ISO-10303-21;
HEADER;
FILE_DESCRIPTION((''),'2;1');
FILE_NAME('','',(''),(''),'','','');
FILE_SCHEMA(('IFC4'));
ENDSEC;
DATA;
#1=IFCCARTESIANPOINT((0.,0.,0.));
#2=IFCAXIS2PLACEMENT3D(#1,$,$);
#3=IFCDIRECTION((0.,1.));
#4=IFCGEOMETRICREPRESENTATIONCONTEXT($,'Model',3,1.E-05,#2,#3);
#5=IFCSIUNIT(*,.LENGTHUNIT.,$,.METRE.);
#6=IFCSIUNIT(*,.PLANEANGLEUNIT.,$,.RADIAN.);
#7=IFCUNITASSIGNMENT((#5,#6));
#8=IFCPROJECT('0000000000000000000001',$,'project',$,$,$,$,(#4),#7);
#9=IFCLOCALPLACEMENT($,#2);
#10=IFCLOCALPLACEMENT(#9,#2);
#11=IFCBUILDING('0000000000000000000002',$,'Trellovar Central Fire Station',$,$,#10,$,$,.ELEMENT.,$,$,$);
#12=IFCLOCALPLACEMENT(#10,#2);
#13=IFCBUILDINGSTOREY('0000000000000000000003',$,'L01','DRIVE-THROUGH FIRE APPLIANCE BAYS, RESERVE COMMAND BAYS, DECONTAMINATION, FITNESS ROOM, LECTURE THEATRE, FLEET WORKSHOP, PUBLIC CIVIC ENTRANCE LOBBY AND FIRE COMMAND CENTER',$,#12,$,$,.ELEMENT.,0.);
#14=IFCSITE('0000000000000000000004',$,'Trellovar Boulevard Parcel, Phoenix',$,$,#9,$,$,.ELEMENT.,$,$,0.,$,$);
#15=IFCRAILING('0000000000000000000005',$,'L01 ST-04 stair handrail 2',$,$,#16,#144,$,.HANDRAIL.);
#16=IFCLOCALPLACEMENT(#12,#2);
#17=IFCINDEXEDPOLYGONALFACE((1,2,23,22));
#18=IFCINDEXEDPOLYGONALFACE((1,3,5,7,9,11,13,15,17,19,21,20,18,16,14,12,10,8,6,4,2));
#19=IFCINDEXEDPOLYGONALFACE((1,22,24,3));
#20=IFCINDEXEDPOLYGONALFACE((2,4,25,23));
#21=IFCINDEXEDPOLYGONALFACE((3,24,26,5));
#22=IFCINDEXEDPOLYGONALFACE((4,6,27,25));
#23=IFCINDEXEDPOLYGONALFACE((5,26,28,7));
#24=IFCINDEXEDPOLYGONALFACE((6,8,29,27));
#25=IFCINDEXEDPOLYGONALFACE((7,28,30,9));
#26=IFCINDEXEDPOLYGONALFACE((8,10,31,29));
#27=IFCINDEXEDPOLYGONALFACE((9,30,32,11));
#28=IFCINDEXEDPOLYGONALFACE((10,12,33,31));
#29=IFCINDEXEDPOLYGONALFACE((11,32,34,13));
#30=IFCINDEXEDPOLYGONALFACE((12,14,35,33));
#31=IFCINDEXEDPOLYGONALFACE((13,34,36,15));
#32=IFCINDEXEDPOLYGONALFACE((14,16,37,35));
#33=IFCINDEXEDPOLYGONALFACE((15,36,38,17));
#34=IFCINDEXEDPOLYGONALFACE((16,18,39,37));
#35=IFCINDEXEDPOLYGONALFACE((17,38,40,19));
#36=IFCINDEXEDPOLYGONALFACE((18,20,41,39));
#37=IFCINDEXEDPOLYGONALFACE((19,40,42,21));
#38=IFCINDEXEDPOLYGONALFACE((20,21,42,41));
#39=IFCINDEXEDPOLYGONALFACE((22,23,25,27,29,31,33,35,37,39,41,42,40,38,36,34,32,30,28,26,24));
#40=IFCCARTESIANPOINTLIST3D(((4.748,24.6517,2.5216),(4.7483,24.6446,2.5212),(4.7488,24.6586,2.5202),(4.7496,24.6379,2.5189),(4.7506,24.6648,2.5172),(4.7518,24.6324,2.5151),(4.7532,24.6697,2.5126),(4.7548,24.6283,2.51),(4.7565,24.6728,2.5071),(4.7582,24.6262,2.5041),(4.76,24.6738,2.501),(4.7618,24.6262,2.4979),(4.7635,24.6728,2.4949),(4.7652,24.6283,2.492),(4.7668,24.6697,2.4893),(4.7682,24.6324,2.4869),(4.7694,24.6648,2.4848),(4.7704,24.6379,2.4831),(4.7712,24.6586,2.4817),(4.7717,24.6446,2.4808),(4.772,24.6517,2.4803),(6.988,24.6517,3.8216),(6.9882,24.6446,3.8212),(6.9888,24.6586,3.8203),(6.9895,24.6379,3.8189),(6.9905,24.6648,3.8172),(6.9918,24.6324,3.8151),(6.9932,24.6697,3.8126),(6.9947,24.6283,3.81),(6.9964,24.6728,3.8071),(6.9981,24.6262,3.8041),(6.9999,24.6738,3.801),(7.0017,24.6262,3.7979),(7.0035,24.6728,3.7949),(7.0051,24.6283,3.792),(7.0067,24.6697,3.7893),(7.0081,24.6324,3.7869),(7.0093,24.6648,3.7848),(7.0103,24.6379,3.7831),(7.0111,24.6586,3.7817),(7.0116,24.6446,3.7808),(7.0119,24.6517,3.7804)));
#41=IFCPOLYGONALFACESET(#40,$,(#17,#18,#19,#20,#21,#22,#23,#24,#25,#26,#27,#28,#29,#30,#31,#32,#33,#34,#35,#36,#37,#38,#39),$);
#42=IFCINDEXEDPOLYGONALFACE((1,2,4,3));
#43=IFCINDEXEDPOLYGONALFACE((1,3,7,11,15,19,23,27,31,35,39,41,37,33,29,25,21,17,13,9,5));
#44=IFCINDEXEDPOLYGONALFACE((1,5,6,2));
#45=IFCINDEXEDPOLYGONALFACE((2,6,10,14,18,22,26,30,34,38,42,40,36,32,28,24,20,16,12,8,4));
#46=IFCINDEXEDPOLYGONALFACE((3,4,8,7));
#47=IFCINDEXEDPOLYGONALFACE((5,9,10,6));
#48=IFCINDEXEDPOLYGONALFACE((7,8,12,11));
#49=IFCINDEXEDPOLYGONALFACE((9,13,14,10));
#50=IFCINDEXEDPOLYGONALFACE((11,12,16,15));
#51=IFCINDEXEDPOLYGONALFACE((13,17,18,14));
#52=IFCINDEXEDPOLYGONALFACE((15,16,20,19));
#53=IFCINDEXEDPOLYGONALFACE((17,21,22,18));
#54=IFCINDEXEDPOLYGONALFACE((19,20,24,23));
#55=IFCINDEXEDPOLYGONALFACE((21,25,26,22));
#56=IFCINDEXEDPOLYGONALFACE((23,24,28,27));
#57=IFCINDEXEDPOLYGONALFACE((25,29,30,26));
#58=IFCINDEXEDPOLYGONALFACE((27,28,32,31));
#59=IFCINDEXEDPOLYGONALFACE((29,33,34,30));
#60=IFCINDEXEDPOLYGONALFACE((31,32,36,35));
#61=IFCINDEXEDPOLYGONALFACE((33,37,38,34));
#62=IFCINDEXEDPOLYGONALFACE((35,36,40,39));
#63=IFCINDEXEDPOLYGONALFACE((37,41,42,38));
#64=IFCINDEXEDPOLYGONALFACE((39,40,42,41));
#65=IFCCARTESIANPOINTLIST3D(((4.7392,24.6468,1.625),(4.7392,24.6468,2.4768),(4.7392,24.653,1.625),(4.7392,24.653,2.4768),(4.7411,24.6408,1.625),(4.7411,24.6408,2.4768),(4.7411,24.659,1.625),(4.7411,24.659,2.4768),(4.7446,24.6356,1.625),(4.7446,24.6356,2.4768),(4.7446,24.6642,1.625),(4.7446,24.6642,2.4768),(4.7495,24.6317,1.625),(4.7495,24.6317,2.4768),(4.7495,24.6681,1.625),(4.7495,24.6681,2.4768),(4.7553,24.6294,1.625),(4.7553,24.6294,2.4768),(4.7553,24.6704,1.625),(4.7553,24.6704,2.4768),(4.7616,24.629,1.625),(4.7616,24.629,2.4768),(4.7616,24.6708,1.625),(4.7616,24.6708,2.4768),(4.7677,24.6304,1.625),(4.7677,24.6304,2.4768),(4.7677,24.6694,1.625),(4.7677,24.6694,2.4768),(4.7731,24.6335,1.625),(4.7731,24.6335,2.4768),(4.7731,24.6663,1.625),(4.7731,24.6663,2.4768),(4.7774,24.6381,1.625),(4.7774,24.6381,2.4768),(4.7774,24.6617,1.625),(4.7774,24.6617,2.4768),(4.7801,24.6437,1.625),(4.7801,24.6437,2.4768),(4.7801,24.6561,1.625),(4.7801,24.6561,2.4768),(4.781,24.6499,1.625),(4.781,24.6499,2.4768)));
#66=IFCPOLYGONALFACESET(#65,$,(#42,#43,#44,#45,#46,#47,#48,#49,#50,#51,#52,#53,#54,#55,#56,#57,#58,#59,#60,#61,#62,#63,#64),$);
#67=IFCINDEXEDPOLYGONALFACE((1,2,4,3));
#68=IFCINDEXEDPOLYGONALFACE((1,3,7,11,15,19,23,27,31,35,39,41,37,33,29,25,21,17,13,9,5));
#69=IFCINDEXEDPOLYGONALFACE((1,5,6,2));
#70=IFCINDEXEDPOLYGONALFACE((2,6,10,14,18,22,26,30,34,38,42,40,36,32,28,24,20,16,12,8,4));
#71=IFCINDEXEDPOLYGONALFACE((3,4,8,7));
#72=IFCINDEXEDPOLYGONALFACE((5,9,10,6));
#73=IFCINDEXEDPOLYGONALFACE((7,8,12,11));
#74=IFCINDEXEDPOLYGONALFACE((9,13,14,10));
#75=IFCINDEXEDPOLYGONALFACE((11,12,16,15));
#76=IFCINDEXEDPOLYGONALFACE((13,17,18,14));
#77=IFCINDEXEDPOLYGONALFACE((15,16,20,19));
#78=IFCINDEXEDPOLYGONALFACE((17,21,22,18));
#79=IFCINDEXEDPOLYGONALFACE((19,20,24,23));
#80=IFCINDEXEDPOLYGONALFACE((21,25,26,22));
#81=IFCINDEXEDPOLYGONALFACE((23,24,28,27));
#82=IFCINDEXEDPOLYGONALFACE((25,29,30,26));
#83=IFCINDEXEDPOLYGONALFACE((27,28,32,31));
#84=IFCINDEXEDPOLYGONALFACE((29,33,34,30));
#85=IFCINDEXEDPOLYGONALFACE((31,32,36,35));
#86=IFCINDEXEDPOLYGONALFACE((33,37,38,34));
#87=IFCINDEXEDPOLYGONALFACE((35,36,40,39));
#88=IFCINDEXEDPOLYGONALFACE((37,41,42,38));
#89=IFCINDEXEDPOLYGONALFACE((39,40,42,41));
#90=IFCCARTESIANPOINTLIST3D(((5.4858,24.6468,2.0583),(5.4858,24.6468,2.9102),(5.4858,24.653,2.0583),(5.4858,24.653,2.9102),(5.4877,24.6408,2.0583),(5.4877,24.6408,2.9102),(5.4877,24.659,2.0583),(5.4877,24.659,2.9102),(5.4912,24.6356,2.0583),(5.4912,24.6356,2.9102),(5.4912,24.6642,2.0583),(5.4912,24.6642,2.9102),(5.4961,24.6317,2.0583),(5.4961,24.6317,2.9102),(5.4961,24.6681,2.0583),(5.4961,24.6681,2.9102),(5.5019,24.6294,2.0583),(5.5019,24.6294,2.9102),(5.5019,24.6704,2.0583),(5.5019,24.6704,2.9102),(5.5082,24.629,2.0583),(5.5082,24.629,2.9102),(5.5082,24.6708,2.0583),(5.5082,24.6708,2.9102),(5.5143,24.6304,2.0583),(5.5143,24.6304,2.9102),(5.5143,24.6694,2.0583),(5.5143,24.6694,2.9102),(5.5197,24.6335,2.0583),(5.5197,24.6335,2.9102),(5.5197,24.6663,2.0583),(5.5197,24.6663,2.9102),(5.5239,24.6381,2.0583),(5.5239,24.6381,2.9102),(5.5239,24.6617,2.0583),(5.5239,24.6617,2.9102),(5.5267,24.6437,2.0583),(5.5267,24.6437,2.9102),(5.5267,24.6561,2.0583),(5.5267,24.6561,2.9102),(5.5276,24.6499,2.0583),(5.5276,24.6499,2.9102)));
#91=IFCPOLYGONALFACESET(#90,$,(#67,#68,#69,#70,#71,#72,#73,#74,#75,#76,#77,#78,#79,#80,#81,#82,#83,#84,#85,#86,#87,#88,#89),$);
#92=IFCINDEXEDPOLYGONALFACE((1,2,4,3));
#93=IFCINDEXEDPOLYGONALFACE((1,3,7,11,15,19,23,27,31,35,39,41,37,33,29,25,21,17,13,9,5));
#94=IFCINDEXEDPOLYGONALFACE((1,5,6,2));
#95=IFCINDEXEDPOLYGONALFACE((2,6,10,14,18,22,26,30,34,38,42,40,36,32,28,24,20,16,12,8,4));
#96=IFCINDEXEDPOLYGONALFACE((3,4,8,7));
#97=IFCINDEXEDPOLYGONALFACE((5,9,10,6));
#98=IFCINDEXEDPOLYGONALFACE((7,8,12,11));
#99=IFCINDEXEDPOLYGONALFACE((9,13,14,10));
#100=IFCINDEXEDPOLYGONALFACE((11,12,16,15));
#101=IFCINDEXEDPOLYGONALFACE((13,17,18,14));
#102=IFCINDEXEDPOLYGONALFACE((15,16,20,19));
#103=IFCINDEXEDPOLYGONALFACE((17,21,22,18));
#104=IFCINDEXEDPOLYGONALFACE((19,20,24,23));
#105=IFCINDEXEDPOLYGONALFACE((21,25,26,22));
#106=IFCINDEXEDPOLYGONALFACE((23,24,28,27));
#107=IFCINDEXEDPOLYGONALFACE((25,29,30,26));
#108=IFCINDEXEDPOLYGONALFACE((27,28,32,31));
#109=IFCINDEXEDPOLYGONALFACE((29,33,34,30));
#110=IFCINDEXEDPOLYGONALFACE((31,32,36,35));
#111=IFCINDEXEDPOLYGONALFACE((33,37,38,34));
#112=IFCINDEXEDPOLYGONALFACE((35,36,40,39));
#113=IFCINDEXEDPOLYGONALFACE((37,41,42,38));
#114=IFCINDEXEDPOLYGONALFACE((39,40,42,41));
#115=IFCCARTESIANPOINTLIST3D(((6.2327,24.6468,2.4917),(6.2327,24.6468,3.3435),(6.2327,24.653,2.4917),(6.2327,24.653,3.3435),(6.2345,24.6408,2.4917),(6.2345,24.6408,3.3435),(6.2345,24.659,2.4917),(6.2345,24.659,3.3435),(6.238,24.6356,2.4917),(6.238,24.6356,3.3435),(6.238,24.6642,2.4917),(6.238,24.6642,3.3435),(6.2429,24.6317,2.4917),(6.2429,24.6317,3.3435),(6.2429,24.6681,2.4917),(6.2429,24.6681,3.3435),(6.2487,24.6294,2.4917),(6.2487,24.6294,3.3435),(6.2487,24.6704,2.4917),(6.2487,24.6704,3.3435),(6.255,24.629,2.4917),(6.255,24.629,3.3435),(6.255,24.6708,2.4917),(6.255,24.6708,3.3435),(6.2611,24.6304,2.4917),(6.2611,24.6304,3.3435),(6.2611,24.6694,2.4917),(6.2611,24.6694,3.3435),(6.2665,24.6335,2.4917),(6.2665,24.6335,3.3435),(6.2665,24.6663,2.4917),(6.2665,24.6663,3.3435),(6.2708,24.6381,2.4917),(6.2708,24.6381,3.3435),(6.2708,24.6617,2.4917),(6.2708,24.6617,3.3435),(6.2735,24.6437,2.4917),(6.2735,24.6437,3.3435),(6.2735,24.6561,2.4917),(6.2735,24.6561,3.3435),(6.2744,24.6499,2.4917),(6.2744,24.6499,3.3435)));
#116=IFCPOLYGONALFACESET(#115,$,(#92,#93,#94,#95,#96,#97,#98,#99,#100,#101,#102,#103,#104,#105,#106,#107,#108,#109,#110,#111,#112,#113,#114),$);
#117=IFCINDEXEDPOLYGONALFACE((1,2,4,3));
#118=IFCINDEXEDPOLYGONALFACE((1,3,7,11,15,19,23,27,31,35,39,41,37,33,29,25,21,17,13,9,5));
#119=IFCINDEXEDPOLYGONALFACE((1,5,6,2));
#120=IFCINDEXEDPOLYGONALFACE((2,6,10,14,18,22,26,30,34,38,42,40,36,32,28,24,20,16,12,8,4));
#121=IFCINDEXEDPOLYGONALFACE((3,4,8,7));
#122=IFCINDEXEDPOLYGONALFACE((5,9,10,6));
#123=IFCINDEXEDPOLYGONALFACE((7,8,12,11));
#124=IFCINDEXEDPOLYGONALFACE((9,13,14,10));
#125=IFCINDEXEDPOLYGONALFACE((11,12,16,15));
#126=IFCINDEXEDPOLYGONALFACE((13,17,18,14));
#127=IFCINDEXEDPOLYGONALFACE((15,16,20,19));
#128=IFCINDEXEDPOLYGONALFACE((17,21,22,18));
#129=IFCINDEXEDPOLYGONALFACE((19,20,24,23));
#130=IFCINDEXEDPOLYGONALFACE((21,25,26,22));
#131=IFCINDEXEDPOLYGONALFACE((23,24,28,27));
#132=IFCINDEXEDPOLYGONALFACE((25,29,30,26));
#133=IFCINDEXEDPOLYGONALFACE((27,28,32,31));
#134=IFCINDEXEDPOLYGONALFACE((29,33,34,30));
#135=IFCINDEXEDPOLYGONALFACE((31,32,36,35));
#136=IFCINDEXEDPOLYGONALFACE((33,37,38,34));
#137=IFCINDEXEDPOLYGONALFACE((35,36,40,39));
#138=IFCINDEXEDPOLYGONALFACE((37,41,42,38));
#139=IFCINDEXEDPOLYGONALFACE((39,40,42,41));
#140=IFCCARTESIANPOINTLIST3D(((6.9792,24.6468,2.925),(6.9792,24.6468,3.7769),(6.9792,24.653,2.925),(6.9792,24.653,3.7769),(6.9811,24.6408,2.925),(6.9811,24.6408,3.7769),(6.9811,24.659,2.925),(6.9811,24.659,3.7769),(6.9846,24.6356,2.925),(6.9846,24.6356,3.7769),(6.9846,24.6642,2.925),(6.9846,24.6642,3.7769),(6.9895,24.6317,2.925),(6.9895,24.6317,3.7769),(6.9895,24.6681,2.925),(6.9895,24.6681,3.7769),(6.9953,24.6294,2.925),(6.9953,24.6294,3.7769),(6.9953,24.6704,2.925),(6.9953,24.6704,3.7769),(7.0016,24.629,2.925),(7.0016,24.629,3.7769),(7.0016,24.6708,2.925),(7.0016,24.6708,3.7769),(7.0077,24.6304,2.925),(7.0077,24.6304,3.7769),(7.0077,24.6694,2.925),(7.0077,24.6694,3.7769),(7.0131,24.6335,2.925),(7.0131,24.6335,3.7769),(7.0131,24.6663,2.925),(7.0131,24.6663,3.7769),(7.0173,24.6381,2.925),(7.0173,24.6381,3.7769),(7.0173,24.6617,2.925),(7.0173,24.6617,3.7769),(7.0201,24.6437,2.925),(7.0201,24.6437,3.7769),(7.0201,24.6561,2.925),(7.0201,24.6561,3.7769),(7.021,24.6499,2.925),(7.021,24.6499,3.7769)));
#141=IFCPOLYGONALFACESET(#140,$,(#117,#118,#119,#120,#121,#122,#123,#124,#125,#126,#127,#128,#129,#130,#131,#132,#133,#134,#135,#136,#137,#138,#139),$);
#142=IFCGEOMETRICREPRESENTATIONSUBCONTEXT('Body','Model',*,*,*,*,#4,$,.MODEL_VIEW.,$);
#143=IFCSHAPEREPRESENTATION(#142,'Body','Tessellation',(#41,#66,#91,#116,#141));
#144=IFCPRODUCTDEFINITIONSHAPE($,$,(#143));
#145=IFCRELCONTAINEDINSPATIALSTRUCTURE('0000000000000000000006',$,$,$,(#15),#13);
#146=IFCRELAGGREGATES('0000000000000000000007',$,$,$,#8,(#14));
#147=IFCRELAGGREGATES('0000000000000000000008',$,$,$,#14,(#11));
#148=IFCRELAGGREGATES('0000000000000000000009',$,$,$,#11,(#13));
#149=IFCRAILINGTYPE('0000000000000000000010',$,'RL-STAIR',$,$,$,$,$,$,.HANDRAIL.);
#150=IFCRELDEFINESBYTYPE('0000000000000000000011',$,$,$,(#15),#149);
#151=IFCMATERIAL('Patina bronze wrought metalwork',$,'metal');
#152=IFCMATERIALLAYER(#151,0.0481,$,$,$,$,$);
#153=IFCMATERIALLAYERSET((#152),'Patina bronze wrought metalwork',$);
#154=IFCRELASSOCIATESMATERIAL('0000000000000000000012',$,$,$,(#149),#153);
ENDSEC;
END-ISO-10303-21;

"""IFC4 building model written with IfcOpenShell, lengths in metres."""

from ifc_helpers import new_model, si_unit, direction, frame, origin, origin_2d, place, context, subcontext, project, spatial, circle, extrude, material, layer, layer_set, type_object, element, save


model = new_model("IFC4")

# Units and contexts
model_context = context("Model", 3, precision=1e-05, world=origin(), true_north=direction((0.0, 1.0)))
body_context = subcontext(model_context, "Body", "Model", "MODEL_VIEW")
ifc_project = project(units=[si_unit("LENGTHUNIT", "METRE"), si_unit("PLANEANGLEUNIT", "RADIAN")], contexts=[model_context])

# Site, building, storey
site_placement = place(None, origin())
site = spatial("IfcSite", under=ifc_project, at=site_placement, Name="Trellovar Boulevard Parcel, Phoenix", CompositionType="ELEMENT", RefElevation=0.0)
building_placement = place(site_placement, origin())
building = spatial("IfcBuilding", under=site, at=building_placement, Name="Trellovar Central Fire Station", CompositionType="ELEMENT")
storey_placement = place(building_placement, origin())
storey = spatial("IfcBuildingStorey", under=building, at=storey_placement, Name="L01", Description="DRIVE-THROUGH FIRE APPLIANCE BAYS, RESERVE COMMAND BAYS, DECONTAMINATION, FITNESS ROOM, LECTURE THEATRE, FLEET WORKSHOP, PUBLIC CIVIC ENTRANCE LOBBY AND FIRE COMMAND CENTER", CompositionType="ELEMENT", Elevation=0.0)

# Railing
ifc_material_1 = material(Name="Patina bronze wrought metalwork", Category="metal")
ifc_layer_1 = layer(ifc_material_1, 0.0481)
ifc_layer_set_1 = layer_set([ifc_layer_1], Name="Patina bronze wrought metalwork")
railing_type_1 = type_object("IfcRailingType", Name="RL-STAIR", PredefinedType="HANDRAIL", material=ifc_layer_set_1)
for number, where, name in (
    (1, (4.76, 24.6499, 1.625), "L01 ST-04 stair handrail 2"),
):
    element("IfcRailing", number, at=place(storey_placement, frame(where)), inside=storey, type_object=railing_type_1, Name=name, PredefinedType="HANDRAIL", context=body_context, shape_type="SweptSolid", body=[
        extrude(circle(Radius=0.0239, at=origin_2d()), frame((0.0, 0.0, 0.876), z_axis=(0.864888, 0.0, 0.501965), x_axis=(0.0, 1.0, 0.0)), (0.0, 0.0, 1.0), 2.5898),
        extrude(circle(Radius=0.021, at=origin_2d()), origin(), (0.0, 0.0, 1.0), 0.8518),
        extrude(circle(Radius=0.021, at=origin_2d()), frame((0.7466, 0.0, 0.4333)), (0.0, 0.0, 1.0), 0.8518),
        extrude(circle(Radius=0.021, at=origin_2d()), frame((1.4934, 0.0, 0.8667)), (0.0, 0.0, 1.0), 0.8518),
        extrude(circle(Radius=0.021, at=origin_2d()), frame((2.24, 0.0, 1.3)), (0.0, 0.0, 1.0), 0.8518),
    ])

save(model, "model.ifc")
